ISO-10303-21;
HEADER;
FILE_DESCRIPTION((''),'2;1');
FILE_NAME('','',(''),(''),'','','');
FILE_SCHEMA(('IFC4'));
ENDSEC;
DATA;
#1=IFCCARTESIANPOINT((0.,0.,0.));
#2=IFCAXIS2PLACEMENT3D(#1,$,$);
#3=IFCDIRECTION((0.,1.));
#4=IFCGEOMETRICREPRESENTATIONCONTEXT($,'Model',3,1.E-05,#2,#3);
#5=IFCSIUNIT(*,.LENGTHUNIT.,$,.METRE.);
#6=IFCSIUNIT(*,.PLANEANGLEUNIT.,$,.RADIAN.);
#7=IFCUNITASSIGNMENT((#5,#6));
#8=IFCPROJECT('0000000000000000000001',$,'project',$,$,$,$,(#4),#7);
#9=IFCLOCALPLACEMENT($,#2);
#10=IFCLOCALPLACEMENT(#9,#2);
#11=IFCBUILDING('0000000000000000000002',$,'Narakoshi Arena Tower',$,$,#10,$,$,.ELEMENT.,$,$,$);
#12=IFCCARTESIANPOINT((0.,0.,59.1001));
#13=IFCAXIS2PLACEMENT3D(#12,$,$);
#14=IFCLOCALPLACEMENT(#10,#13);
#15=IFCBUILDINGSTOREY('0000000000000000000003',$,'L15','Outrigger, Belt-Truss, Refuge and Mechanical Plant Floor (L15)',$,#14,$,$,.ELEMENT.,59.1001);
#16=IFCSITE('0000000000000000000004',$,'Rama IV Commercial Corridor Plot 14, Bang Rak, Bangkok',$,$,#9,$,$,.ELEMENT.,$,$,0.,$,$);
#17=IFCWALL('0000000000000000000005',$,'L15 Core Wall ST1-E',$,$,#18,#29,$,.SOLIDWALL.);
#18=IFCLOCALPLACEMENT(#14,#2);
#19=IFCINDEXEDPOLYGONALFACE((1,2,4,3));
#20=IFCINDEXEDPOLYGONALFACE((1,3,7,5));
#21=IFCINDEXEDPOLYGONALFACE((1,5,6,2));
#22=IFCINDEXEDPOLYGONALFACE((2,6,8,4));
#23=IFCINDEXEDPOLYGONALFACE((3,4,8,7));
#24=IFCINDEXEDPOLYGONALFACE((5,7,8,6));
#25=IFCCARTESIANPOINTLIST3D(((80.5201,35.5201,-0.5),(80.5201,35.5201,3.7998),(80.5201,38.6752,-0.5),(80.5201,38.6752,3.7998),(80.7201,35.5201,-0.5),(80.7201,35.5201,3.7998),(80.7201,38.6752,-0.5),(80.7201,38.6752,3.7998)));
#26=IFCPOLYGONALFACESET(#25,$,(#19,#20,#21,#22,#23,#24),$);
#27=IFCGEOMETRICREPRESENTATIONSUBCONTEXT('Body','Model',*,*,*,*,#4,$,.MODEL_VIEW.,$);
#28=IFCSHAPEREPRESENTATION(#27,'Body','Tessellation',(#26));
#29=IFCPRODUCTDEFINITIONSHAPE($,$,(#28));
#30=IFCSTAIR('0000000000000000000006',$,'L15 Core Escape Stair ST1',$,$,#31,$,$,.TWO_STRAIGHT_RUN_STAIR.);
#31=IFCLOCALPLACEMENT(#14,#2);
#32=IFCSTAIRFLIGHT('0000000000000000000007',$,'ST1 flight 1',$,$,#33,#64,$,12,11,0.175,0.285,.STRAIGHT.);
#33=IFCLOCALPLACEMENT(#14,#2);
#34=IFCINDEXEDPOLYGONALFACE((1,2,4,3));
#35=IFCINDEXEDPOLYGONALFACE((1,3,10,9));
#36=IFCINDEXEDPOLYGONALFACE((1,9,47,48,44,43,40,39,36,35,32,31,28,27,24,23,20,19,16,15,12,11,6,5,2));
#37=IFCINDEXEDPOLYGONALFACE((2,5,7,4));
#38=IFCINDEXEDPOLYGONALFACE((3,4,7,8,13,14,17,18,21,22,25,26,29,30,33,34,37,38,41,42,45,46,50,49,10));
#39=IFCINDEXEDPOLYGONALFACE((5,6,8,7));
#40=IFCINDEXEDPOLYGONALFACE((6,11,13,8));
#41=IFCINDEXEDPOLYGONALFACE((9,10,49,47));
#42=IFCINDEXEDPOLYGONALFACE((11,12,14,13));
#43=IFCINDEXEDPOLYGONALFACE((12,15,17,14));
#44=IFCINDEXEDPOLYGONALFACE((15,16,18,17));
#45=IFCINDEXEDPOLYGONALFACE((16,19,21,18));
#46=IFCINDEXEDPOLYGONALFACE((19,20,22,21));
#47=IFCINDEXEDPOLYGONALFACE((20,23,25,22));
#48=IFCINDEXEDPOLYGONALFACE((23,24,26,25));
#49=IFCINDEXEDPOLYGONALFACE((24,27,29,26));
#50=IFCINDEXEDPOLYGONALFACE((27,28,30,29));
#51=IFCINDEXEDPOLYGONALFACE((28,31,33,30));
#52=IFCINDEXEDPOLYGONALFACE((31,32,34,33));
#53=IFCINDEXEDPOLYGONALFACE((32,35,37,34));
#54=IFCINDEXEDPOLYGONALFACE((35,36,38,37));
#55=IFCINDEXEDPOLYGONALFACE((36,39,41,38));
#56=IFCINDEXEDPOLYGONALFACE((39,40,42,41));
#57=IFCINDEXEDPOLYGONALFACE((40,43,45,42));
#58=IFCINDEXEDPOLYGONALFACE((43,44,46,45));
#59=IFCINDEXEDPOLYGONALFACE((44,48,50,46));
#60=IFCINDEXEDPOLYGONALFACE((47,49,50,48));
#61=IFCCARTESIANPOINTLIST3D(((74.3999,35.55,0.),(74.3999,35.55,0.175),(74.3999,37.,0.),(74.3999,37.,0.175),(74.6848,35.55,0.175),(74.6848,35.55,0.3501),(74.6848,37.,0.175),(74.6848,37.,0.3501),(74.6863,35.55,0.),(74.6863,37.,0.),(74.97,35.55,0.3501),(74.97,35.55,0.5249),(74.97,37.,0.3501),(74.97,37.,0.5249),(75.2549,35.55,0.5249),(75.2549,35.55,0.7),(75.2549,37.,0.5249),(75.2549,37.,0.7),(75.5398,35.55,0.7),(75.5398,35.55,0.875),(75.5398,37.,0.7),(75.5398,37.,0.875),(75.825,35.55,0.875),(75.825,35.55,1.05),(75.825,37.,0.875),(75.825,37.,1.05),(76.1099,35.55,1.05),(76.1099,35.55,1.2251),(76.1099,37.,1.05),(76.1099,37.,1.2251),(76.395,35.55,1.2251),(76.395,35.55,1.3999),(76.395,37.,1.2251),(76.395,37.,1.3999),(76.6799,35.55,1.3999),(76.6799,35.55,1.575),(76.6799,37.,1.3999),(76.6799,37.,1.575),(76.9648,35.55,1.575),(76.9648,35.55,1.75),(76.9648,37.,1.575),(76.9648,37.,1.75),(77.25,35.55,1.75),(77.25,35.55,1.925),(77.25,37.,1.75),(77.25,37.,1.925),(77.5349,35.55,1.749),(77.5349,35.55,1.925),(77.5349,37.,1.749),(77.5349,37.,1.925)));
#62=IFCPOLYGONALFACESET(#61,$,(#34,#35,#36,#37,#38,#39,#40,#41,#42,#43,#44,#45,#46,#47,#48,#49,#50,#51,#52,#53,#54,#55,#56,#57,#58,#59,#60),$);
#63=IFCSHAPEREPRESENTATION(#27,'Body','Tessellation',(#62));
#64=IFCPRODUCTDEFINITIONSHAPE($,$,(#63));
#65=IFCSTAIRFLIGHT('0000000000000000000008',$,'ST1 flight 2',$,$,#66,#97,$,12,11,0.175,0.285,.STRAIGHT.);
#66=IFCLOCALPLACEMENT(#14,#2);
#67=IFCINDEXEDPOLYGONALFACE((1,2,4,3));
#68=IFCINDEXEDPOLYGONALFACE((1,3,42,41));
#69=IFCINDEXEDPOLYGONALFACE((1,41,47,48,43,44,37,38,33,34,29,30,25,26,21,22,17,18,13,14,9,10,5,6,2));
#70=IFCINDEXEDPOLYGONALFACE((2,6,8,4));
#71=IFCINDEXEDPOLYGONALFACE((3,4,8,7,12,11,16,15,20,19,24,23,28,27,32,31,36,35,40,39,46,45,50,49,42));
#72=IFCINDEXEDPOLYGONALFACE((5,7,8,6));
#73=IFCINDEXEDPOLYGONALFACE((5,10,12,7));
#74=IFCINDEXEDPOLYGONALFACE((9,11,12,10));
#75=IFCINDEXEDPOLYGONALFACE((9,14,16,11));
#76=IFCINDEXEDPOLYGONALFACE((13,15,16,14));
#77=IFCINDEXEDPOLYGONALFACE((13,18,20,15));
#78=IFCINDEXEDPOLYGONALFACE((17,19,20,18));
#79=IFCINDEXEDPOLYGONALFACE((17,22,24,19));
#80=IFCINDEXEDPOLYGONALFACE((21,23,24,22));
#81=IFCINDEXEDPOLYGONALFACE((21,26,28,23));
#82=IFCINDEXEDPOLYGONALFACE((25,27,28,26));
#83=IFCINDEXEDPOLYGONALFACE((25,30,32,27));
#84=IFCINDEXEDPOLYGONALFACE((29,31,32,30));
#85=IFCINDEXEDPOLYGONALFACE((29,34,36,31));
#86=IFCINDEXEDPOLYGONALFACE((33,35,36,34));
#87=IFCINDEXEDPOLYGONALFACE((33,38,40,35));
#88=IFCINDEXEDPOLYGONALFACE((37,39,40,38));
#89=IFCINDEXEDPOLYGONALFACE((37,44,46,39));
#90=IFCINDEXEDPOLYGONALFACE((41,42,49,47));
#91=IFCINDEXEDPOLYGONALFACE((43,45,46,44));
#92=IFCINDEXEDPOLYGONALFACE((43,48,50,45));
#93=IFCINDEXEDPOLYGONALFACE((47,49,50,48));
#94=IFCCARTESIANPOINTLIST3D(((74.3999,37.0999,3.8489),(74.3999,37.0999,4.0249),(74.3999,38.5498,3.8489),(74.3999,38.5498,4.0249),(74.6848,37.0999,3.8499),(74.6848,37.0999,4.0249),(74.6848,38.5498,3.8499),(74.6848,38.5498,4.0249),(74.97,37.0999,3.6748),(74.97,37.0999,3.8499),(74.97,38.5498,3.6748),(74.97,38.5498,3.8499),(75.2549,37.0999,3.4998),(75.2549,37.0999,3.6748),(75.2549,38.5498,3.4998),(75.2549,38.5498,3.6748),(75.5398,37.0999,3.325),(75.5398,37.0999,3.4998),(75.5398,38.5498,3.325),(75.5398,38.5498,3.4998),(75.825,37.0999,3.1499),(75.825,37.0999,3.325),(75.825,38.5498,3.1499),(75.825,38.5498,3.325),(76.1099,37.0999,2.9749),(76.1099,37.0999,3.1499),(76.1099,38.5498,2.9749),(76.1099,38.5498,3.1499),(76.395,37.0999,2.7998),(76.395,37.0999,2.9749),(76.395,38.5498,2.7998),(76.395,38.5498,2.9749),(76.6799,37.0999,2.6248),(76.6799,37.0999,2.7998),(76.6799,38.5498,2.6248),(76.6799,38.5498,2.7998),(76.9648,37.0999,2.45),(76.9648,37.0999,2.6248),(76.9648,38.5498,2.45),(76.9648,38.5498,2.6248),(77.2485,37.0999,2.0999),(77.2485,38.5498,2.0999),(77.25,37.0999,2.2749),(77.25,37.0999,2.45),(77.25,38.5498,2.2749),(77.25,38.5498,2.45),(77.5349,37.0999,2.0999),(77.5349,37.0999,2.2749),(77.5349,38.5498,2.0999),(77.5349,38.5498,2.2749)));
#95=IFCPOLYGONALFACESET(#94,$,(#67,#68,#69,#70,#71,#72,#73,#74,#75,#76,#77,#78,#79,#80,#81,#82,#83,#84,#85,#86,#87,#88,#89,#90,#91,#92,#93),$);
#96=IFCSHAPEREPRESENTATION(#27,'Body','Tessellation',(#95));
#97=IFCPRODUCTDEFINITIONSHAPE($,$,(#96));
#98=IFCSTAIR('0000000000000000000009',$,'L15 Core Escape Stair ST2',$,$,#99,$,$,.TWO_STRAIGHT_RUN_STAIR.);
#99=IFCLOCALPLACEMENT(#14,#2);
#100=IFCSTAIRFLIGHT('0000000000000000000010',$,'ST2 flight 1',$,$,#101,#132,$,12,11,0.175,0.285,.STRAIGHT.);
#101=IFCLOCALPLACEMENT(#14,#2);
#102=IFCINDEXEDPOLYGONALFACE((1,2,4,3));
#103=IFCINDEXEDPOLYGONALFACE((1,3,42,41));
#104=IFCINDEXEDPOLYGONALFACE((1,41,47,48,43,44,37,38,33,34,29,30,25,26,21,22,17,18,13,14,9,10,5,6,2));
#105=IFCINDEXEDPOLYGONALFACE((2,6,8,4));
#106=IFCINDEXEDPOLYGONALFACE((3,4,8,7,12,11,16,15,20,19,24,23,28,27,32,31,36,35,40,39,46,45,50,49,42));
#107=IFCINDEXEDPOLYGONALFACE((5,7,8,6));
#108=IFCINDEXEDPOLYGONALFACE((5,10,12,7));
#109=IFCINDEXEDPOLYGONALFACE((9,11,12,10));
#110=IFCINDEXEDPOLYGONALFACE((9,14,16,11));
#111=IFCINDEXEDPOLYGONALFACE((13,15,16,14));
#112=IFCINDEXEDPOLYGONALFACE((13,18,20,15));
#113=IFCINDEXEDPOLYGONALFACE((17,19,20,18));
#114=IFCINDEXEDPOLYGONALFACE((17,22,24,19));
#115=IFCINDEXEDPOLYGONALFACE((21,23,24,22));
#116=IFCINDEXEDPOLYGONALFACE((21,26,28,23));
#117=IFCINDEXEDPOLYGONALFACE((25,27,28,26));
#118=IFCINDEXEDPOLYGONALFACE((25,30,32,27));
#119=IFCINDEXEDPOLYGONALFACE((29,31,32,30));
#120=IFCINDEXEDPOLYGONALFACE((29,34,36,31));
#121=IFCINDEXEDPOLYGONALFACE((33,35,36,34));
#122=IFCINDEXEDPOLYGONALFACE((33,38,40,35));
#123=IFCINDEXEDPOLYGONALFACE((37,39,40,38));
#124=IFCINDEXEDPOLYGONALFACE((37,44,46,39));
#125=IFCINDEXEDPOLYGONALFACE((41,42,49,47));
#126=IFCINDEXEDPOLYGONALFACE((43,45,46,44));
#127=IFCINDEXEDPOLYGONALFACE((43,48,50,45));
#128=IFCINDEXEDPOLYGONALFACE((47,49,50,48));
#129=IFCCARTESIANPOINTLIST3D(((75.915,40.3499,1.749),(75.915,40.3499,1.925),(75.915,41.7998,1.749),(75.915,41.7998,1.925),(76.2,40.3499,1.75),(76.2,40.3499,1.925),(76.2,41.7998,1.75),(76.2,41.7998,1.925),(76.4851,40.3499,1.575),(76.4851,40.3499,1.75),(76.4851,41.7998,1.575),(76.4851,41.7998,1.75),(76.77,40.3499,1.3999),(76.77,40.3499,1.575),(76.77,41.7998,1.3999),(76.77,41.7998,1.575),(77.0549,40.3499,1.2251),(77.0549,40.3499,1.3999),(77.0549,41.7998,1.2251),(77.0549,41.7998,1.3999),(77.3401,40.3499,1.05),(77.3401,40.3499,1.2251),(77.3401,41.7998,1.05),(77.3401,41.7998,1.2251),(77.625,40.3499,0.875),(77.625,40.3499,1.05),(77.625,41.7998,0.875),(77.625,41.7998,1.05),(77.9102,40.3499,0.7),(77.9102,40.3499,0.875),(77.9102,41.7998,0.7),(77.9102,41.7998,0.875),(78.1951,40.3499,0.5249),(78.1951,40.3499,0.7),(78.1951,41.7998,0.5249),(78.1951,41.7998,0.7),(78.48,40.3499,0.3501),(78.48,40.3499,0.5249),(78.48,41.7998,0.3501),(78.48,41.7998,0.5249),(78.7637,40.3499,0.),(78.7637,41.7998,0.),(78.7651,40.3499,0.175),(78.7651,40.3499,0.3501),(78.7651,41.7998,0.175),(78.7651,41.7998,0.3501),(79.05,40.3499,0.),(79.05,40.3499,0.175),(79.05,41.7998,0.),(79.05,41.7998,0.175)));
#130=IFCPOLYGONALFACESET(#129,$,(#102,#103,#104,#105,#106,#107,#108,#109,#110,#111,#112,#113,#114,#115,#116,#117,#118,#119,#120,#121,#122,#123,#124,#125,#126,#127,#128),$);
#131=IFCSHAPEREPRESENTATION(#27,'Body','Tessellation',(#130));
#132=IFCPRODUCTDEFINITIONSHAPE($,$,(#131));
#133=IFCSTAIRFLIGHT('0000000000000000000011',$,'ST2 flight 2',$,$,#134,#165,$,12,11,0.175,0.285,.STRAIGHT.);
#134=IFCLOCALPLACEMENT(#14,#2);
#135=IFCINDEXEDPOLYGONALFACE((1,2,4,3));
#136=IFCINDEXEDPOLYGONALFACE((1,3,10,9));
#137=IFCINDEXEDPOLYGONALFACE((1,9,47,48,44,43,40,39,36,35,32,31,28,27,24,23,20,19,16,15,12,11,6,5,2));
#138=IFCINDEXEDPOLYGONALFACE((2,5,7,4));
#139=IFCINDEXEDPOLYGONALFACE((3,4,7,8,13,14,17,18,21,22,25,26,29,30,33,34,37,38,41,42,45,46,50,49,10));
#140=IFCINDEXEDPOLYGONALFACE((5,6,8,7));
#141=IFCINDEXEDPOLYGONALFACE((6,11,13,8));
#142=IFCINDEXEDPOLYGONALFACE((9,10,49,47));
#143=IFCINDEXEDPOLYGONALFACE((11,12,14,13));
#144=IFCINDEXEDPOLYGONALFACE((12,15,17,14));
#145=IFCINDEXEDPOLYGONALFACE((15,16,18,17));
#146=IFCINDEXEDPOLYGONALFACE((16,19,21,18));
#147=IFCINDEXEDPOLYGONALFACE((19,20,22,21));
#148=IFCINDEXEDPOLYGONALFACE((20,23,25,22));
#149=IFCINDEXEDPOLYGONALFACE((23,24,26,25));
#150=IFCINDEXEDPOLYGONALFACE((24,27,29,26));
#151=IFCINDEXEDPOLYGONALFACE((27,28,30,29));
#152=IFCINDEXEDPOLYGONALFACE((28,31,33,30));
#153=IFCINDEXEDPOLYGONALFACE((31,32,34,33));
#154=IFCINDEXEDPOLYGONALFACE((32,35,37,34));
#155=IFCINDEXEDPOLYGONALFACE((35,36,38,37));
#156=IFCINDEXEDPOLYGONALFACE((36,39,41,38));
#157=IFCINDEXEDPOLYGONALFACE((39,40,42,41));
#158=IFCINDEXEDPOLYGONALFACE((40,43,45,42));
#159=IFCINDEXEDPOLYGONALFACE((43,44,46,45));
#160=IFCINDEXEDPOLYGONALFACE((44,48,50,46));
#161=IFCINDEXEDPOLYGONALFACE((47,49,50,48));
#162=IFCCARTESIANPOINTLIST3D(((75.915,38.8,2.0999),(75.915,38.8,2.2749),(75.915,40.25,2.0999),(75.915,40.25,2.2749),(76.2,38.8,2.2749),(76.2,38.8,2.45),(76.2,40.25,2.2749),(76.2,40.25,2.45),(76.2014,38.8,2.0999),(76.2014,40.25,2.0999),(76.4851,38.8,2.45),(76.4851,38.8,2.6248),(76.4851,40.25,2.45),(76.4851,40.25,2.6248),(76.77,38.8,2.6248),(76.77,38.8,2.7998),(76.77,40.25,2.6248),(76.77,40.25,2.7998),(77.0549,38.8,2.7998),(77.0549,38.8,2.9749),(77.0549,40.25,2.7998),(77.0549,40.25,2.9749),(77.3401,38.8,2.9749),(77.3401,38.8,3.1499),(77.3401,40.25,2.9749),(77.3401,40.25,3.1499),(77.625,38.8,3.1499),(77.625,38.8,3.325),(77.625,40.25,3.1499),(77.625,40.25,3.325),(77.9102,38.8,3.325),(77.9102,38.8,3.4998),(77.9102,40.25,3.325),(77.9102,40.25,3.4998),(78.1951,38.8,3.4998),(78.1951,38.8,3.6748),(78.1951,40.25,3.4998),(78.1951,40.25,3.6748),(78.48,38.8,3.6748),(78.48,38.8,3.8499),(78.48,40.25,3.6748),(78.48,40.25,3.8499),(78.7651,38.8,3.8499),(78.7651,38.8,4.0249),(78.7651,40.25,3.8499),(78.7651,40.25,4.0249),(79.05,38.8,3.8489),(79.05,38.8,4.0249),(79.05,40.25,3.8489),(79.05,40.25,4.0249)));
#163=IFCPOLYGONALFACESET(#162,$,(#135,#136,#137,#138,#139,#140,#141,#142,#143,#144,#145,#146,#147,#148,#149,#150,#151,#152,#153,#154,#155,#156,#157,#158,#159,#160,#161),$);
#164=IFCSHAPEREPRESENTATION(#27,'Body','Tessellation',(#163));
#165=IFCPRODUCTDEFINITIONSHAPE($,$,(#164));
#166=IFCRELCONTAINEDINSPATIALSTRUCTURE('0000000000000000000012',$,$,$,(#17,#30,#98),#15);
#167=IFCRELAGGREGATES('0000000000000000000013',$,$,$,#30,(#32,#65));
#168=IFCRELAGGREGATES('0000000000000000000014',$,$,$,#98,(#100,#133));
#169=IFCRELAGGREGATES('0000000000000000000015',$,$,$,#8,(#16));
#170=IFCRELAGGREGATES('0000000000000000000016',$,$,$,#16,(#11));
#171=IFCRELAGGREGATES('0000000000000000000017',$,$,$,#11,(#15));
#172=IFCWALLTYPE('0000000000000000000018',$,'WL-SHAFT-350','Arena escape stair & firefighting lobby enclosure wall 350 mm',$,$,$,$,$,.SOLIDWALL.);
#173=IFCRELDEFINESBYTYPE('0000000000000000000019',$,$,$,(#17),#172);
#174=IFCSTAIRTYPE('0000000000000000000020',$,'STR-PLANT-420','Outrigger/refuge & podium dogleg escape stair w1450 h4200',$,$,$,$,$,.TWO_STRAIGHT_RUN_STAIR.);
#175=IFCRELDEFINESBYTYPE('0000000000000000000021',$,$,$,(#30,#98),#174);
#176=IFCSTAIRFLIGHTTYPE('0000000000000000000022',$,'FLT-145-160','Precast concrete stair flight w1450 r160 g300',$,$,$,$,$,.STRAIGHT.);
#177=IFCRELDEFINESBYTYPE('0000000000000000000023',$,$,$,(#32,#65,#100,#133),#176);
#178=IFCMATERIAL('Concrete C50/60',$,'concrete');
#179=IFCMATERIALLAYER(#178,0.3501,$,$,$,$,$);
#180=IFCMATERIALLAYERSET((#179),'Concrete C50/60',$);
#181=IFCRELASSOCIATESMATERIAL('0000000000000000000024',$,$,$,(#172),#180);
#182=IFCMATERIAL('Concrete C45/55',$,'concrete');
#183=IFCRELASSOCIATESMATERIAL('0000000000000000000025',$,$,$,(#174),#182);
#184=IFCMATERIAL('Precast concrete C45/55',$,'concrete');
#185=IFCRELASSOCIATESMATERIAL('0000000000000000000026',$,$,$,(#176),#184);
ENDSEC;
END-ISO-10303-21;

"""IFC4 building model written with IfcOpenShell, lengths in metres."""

from ifc_helpers import new_model, si_unit, direction, frame, frame_2d, origin, place, context, subcontext, project, spatial, polyline, rectangle, outline, extrude, material, layer, layer_set, type_object, element, aggregate, save


model = new_model("IFC4")

# Units and contexts
model_context = context("Model", 3, precision=1e-05, world=origin(), true_north=direction((0.0, 1.0)))
body_context = subcontext(model_context, "Body", "Model", "MODEL_VIEW")
ifc_project = project(units=[si_unit("LENGTHUNIT", "METRE"), si_unit("PLANEANGLEUNIT", "RADIAN")], contexts=[model_context])

# Site, building, storey
site_placement = place(None, origin())
site = spatial("IfcSite", under=ifc_project, at=site_placement, Name="Rama IV Commercial Corridor Plot 14, Bang Rak, Bangkok", CompositionType="ELEMENT", RefElevation=0.0)
building_placement = place(site_placement, origin())
building = spatial("IfcBuilding", under=site, at=building_placement, Name="Narakoshi Arena Tower", CompositionType="ELEMENT")
storey_placement = place(building_placement, frame((0.0, 0.0, 59.1001)))
storey = spatial("IfcBuildingStorey", under=building, at=storey_placement, Name="L15", Description="Outrigger, Belt-Truss, Refuge and Mechanical Plant Floor (L15)", CompositionType="ELEMENT", Elevation=59.1001)

# Wall
ifc_material_1 = material(Name="Concrete C50/60", Category="concrete")
ifc_layer = layer(ifc_material_1, 0.3501)
ifc_layer_set = layer_set([ifc_layer], Name="Concrete C50/60")
wall_type = type_object("IfcWallType", Name="WL-SHAFT-350", Description="Arena escape stair & firefighting lobby enclosure wall 350 mm", PredefinedType="SOLIDWALL", material=ifc_layer_set)
wall_placement = place(storey_placement, frame((80.6201, 35.52, -0.5), z_axis=(0.0, 0.0, 1.0), x_axis=(0.0, 1.0, 0.0)))
element("IfcWall", 1, at=wall_placement, inside=storey, type_object=wall_type, Name="L15 Core Wall ST1-E", PredefinedType="SOLIDWALL", context=body_context, shape_type="SweptSolid", body=[
    extrude(rectangle(XDim=3.155, YDim=0.2, at=frame_2d((1.5776, 0.0))), origin(), (0.0, 0.0, 1.0), 4.2998),
])

# Stairs, stair flights
ifc_material_2 = material(Name="Concrete C45/55", Category="concrete")
stair_type = type_object("IfcStairType", Name="STR-PLANT-420", Description="Outrigger/refuge & podium dogleg escape stair w1450 h4200", PredefinedType="TWO_STRAIGHT_RUN_STAIR", material=ifc_material_2)
stair_1_placement = place(storey_placement, origin())
stair_1 = element("IfcStair", 2, at=stair_1_placement, inside=storey, type_object=stair_type, Name="L15 Core Escape Stair ST1", PredefinedType="TWO_STRAIGHT_RUN_STAIR")
ifc_material_3 = material(Name="Precast concrete C45/55", Category="concrete")
stair_flight_type = type_object("IfcStairFlightType", Name="FLT-145-160", Description="Precast concrete stair flight w1450 r160 g300", PredefinedType="STRAIGHT", material=ifc_material_3)
stair_flight_1_placement = place(storey_placement, frame((74.3999, 36.2749, 0.0), z_axis=(0.0, 0.0, 1.0), x_axis=(1.0, 0.0, 0.0)))
stair_flight_1 = element("IfcStairFlight", 3, at=stair_flight_1_placement, type_object=stair_flight_type, Name="ST1 flight 1", NumberOfRisers=12, NumberOfTreads=11, PredefinedType="STRAIGHT", RiserHeight=0.175, TreadLength=0.285, context=body_context, shape_type="SweptSolid", body=[
    extrude(outline(polyline([(0.0, 0.0), (0.0, 0.175), (0.2849, 0.175), (0.2849, 0.3501), (0.5701, 0.3501), (0.5701, 0.5249), (0.855, 0.5249), (0.855, 0.7), (1.1399, 0.7), (1.1399, 0.875), (1.425, 0.875), (1.425, 1.05), (1.71, 1.05), (1.71, 1.2251), (1.9951, 1.2251), (1.9951, 1.3999), (2.28, 1.3999), (2.28, 1.575), (2.5649, 1.575), (2.5649, 1.75), (2.8501, 1.75), (2.8501, 1.925), (3.135, 1.925), (3.135, 2.1001), (3.135, 1.749), (0.2864, 0.0), (0.0, 0.0)])), frame((0.0, 0.7251, 0.0), z_axis=(0.0, -1.0, 0.0), x_axis=(1.0, 0.0, 0.0)), (0.0, 0.0, 1.0), 1.45),
])
stair_flight_2_placement = place(storey_placement, frame((77.5349, 37.825, 2.0999), z_axis=(0.0, 0.0, 1.0), x_axis=(-1.0, 0.0, 0.0)))
stair_flight_2 = element("IfcStairFlight", 4, at=stair_flight_2_placement, type_object=stair_flight_type, Name="ST1 flight 2", NumberOfRisers=12, NumberOfTreads=11, PredefinedType="STRAIGHT", RiserHeight=0.175, TreadLength=0.285, context=body_context, shape_type="SweptSolid", body=[
    extrude(outline(polyline([(0.0, 0.0), (0.0, 0.175), (0.2849, 0.175), (0.2849, 0.3501), (0.5701, 0.3501), (0.5701, 0.5249), (0.855, 0.5249), (0.855, 0.7), (1.1399, 0.7), (1.1399, 0.875), (1.425, 0.875), (1.425, 1.05), (1.71, 1.05), (1.71, 1.2251), (1.9951, 1.2251), (1.9951, 1.3999), (2.28, 1.3999), (2.28, 1.575), (2.5649, 1.575), (2.5649, 1.75), (2.8501, 1.75), (2.8501, 1.925), (3.135, 1.925), (3.135, 2.1001), (3.135, 1.749), (0.2864, 0.0), (0.0, 0.0)])), frame((0.0, 0.7251, 0.0), z_axis=(0.0, -1.0, 0.0), x_axis=(1.0, 0.0, 0.0)), (0.0, 0.0, 1.0), 1.45),
])
aggregate(stair_1, [stair_flight_1, stair_flight_2])
stair_2_placement = place(storey_placement, origin())
stair_2 = element("IfcStair", 5, at=stair_2_placement, inside=storey, type_object=stair_type, Name="L15 Core Escape Stair ST2", PredefinedType="TWO_STRAIGHT_RUN_STAIR")
stair_flight_3_placement = place(storey_placement, frame((79.05, 41.075, 0.0), z_axis=(0.0, 0.0, 1.0), x_axis=(-1.0, 0.0, 0.0)))
stair_flight_3 = element("IfcStairFlight", 6, at=stair_flight_3_placement, type_object=stair_flight_type, Name="ST2 flight 1", NumberOfRisers=12, NumberOfTreads=11, PredefinedType="STRAIGHT", RiserHeight=0.175, TreadLength=0.285, context=body_context, shape_type="SweptSolid", body=[
    extrude(outline(polyline([(0.0, 0.0), (0.0, 0.175), (0.2849, 0.175), (0.2849, 0.3501), (0.5701, 0.3501), (0.5701, 0.5249), (0.855, 0.5249), (0.855, 0.7), (1.1399, 0.7), (1.1399, 0.875), (1.425, 0.875), (1.425, 1.05), (1.71, 1.05), (1.71, 1.2251), (1.9951, 1.2251), (1.9951, 1.3999), (2.28, 1.3999), (2.28, 1.575), (2.5649, 1.575), (2.5649, 1.75), (2.8501, 1.75), (2.8501, 1.925), (3.135, 1.925), (3.135, 2.1001), (3.135, 1.749), (0.2864, 0.0), (0.0, 0.0)])), frame((0.0, 0.7251, 0.0), z_axis=(0.0, -1.0, 0.0), x_axis=(1.0, 0.0, 0.0)), (0.0, 0.0, 1.0), 1.45),
])
stair_flight_4_placement = place(storey_placement, frame((75.915, 39.5249, 2.0999), z_axis=(0.0, 0.0, 1.0), x_axis=(1.0, 0.0, 0.0)))
stair_flight_4 = element("IfcStairFlight", 7, at=stair_flight_4_placement, type_object=stair_flight_type, Name="ST2 flight 2", NumberOfRisers=12, NumberOfTreads=11, PredefinedType="STRAIGHT", RiserHeight=0.175, TreadLength=0.285, context=body_context, shape_type="SweptSolid", body=[
    extrude(outline(polyline([(0.0, 0.0), (0.0, 0.175), (0.2849, 0.175), (0.2849, 0.3501), (0.5701, 0.3501), (0.5701, 0.5249), (0.855, 0.5249), (0.855, 0.7), (1.1399, 0.7), (1.1399, 0.875), (1.425, 0.875), (1.425, 1.05), (1.71, 1.05), (1.71, 1.2251), (1.9951, 1.2251), (1.9951, 1.3999), (2.28, 1.3999), (2.28, 1.575), (2.5649, 1.575), (2.5649, 1.75), (2.8501, 1.75), (2.8501, 1.925), (3.135, 1.925), (3.135, 2.1001), (3.135, 1.749), (0.2864, 0.0), (0.0, 0.0)])), frame((0.0, 0.7251, 0.0), z_axis=(0.0, -1.0, 0.0), x_axis=(1.0, 0.0, 0.0)), (0.0, 0.0, 1.0), 1.45),
])
aggregate(stair_2, [stair_flight_3, stair_flight_4])

save(model, "model.ifc")
